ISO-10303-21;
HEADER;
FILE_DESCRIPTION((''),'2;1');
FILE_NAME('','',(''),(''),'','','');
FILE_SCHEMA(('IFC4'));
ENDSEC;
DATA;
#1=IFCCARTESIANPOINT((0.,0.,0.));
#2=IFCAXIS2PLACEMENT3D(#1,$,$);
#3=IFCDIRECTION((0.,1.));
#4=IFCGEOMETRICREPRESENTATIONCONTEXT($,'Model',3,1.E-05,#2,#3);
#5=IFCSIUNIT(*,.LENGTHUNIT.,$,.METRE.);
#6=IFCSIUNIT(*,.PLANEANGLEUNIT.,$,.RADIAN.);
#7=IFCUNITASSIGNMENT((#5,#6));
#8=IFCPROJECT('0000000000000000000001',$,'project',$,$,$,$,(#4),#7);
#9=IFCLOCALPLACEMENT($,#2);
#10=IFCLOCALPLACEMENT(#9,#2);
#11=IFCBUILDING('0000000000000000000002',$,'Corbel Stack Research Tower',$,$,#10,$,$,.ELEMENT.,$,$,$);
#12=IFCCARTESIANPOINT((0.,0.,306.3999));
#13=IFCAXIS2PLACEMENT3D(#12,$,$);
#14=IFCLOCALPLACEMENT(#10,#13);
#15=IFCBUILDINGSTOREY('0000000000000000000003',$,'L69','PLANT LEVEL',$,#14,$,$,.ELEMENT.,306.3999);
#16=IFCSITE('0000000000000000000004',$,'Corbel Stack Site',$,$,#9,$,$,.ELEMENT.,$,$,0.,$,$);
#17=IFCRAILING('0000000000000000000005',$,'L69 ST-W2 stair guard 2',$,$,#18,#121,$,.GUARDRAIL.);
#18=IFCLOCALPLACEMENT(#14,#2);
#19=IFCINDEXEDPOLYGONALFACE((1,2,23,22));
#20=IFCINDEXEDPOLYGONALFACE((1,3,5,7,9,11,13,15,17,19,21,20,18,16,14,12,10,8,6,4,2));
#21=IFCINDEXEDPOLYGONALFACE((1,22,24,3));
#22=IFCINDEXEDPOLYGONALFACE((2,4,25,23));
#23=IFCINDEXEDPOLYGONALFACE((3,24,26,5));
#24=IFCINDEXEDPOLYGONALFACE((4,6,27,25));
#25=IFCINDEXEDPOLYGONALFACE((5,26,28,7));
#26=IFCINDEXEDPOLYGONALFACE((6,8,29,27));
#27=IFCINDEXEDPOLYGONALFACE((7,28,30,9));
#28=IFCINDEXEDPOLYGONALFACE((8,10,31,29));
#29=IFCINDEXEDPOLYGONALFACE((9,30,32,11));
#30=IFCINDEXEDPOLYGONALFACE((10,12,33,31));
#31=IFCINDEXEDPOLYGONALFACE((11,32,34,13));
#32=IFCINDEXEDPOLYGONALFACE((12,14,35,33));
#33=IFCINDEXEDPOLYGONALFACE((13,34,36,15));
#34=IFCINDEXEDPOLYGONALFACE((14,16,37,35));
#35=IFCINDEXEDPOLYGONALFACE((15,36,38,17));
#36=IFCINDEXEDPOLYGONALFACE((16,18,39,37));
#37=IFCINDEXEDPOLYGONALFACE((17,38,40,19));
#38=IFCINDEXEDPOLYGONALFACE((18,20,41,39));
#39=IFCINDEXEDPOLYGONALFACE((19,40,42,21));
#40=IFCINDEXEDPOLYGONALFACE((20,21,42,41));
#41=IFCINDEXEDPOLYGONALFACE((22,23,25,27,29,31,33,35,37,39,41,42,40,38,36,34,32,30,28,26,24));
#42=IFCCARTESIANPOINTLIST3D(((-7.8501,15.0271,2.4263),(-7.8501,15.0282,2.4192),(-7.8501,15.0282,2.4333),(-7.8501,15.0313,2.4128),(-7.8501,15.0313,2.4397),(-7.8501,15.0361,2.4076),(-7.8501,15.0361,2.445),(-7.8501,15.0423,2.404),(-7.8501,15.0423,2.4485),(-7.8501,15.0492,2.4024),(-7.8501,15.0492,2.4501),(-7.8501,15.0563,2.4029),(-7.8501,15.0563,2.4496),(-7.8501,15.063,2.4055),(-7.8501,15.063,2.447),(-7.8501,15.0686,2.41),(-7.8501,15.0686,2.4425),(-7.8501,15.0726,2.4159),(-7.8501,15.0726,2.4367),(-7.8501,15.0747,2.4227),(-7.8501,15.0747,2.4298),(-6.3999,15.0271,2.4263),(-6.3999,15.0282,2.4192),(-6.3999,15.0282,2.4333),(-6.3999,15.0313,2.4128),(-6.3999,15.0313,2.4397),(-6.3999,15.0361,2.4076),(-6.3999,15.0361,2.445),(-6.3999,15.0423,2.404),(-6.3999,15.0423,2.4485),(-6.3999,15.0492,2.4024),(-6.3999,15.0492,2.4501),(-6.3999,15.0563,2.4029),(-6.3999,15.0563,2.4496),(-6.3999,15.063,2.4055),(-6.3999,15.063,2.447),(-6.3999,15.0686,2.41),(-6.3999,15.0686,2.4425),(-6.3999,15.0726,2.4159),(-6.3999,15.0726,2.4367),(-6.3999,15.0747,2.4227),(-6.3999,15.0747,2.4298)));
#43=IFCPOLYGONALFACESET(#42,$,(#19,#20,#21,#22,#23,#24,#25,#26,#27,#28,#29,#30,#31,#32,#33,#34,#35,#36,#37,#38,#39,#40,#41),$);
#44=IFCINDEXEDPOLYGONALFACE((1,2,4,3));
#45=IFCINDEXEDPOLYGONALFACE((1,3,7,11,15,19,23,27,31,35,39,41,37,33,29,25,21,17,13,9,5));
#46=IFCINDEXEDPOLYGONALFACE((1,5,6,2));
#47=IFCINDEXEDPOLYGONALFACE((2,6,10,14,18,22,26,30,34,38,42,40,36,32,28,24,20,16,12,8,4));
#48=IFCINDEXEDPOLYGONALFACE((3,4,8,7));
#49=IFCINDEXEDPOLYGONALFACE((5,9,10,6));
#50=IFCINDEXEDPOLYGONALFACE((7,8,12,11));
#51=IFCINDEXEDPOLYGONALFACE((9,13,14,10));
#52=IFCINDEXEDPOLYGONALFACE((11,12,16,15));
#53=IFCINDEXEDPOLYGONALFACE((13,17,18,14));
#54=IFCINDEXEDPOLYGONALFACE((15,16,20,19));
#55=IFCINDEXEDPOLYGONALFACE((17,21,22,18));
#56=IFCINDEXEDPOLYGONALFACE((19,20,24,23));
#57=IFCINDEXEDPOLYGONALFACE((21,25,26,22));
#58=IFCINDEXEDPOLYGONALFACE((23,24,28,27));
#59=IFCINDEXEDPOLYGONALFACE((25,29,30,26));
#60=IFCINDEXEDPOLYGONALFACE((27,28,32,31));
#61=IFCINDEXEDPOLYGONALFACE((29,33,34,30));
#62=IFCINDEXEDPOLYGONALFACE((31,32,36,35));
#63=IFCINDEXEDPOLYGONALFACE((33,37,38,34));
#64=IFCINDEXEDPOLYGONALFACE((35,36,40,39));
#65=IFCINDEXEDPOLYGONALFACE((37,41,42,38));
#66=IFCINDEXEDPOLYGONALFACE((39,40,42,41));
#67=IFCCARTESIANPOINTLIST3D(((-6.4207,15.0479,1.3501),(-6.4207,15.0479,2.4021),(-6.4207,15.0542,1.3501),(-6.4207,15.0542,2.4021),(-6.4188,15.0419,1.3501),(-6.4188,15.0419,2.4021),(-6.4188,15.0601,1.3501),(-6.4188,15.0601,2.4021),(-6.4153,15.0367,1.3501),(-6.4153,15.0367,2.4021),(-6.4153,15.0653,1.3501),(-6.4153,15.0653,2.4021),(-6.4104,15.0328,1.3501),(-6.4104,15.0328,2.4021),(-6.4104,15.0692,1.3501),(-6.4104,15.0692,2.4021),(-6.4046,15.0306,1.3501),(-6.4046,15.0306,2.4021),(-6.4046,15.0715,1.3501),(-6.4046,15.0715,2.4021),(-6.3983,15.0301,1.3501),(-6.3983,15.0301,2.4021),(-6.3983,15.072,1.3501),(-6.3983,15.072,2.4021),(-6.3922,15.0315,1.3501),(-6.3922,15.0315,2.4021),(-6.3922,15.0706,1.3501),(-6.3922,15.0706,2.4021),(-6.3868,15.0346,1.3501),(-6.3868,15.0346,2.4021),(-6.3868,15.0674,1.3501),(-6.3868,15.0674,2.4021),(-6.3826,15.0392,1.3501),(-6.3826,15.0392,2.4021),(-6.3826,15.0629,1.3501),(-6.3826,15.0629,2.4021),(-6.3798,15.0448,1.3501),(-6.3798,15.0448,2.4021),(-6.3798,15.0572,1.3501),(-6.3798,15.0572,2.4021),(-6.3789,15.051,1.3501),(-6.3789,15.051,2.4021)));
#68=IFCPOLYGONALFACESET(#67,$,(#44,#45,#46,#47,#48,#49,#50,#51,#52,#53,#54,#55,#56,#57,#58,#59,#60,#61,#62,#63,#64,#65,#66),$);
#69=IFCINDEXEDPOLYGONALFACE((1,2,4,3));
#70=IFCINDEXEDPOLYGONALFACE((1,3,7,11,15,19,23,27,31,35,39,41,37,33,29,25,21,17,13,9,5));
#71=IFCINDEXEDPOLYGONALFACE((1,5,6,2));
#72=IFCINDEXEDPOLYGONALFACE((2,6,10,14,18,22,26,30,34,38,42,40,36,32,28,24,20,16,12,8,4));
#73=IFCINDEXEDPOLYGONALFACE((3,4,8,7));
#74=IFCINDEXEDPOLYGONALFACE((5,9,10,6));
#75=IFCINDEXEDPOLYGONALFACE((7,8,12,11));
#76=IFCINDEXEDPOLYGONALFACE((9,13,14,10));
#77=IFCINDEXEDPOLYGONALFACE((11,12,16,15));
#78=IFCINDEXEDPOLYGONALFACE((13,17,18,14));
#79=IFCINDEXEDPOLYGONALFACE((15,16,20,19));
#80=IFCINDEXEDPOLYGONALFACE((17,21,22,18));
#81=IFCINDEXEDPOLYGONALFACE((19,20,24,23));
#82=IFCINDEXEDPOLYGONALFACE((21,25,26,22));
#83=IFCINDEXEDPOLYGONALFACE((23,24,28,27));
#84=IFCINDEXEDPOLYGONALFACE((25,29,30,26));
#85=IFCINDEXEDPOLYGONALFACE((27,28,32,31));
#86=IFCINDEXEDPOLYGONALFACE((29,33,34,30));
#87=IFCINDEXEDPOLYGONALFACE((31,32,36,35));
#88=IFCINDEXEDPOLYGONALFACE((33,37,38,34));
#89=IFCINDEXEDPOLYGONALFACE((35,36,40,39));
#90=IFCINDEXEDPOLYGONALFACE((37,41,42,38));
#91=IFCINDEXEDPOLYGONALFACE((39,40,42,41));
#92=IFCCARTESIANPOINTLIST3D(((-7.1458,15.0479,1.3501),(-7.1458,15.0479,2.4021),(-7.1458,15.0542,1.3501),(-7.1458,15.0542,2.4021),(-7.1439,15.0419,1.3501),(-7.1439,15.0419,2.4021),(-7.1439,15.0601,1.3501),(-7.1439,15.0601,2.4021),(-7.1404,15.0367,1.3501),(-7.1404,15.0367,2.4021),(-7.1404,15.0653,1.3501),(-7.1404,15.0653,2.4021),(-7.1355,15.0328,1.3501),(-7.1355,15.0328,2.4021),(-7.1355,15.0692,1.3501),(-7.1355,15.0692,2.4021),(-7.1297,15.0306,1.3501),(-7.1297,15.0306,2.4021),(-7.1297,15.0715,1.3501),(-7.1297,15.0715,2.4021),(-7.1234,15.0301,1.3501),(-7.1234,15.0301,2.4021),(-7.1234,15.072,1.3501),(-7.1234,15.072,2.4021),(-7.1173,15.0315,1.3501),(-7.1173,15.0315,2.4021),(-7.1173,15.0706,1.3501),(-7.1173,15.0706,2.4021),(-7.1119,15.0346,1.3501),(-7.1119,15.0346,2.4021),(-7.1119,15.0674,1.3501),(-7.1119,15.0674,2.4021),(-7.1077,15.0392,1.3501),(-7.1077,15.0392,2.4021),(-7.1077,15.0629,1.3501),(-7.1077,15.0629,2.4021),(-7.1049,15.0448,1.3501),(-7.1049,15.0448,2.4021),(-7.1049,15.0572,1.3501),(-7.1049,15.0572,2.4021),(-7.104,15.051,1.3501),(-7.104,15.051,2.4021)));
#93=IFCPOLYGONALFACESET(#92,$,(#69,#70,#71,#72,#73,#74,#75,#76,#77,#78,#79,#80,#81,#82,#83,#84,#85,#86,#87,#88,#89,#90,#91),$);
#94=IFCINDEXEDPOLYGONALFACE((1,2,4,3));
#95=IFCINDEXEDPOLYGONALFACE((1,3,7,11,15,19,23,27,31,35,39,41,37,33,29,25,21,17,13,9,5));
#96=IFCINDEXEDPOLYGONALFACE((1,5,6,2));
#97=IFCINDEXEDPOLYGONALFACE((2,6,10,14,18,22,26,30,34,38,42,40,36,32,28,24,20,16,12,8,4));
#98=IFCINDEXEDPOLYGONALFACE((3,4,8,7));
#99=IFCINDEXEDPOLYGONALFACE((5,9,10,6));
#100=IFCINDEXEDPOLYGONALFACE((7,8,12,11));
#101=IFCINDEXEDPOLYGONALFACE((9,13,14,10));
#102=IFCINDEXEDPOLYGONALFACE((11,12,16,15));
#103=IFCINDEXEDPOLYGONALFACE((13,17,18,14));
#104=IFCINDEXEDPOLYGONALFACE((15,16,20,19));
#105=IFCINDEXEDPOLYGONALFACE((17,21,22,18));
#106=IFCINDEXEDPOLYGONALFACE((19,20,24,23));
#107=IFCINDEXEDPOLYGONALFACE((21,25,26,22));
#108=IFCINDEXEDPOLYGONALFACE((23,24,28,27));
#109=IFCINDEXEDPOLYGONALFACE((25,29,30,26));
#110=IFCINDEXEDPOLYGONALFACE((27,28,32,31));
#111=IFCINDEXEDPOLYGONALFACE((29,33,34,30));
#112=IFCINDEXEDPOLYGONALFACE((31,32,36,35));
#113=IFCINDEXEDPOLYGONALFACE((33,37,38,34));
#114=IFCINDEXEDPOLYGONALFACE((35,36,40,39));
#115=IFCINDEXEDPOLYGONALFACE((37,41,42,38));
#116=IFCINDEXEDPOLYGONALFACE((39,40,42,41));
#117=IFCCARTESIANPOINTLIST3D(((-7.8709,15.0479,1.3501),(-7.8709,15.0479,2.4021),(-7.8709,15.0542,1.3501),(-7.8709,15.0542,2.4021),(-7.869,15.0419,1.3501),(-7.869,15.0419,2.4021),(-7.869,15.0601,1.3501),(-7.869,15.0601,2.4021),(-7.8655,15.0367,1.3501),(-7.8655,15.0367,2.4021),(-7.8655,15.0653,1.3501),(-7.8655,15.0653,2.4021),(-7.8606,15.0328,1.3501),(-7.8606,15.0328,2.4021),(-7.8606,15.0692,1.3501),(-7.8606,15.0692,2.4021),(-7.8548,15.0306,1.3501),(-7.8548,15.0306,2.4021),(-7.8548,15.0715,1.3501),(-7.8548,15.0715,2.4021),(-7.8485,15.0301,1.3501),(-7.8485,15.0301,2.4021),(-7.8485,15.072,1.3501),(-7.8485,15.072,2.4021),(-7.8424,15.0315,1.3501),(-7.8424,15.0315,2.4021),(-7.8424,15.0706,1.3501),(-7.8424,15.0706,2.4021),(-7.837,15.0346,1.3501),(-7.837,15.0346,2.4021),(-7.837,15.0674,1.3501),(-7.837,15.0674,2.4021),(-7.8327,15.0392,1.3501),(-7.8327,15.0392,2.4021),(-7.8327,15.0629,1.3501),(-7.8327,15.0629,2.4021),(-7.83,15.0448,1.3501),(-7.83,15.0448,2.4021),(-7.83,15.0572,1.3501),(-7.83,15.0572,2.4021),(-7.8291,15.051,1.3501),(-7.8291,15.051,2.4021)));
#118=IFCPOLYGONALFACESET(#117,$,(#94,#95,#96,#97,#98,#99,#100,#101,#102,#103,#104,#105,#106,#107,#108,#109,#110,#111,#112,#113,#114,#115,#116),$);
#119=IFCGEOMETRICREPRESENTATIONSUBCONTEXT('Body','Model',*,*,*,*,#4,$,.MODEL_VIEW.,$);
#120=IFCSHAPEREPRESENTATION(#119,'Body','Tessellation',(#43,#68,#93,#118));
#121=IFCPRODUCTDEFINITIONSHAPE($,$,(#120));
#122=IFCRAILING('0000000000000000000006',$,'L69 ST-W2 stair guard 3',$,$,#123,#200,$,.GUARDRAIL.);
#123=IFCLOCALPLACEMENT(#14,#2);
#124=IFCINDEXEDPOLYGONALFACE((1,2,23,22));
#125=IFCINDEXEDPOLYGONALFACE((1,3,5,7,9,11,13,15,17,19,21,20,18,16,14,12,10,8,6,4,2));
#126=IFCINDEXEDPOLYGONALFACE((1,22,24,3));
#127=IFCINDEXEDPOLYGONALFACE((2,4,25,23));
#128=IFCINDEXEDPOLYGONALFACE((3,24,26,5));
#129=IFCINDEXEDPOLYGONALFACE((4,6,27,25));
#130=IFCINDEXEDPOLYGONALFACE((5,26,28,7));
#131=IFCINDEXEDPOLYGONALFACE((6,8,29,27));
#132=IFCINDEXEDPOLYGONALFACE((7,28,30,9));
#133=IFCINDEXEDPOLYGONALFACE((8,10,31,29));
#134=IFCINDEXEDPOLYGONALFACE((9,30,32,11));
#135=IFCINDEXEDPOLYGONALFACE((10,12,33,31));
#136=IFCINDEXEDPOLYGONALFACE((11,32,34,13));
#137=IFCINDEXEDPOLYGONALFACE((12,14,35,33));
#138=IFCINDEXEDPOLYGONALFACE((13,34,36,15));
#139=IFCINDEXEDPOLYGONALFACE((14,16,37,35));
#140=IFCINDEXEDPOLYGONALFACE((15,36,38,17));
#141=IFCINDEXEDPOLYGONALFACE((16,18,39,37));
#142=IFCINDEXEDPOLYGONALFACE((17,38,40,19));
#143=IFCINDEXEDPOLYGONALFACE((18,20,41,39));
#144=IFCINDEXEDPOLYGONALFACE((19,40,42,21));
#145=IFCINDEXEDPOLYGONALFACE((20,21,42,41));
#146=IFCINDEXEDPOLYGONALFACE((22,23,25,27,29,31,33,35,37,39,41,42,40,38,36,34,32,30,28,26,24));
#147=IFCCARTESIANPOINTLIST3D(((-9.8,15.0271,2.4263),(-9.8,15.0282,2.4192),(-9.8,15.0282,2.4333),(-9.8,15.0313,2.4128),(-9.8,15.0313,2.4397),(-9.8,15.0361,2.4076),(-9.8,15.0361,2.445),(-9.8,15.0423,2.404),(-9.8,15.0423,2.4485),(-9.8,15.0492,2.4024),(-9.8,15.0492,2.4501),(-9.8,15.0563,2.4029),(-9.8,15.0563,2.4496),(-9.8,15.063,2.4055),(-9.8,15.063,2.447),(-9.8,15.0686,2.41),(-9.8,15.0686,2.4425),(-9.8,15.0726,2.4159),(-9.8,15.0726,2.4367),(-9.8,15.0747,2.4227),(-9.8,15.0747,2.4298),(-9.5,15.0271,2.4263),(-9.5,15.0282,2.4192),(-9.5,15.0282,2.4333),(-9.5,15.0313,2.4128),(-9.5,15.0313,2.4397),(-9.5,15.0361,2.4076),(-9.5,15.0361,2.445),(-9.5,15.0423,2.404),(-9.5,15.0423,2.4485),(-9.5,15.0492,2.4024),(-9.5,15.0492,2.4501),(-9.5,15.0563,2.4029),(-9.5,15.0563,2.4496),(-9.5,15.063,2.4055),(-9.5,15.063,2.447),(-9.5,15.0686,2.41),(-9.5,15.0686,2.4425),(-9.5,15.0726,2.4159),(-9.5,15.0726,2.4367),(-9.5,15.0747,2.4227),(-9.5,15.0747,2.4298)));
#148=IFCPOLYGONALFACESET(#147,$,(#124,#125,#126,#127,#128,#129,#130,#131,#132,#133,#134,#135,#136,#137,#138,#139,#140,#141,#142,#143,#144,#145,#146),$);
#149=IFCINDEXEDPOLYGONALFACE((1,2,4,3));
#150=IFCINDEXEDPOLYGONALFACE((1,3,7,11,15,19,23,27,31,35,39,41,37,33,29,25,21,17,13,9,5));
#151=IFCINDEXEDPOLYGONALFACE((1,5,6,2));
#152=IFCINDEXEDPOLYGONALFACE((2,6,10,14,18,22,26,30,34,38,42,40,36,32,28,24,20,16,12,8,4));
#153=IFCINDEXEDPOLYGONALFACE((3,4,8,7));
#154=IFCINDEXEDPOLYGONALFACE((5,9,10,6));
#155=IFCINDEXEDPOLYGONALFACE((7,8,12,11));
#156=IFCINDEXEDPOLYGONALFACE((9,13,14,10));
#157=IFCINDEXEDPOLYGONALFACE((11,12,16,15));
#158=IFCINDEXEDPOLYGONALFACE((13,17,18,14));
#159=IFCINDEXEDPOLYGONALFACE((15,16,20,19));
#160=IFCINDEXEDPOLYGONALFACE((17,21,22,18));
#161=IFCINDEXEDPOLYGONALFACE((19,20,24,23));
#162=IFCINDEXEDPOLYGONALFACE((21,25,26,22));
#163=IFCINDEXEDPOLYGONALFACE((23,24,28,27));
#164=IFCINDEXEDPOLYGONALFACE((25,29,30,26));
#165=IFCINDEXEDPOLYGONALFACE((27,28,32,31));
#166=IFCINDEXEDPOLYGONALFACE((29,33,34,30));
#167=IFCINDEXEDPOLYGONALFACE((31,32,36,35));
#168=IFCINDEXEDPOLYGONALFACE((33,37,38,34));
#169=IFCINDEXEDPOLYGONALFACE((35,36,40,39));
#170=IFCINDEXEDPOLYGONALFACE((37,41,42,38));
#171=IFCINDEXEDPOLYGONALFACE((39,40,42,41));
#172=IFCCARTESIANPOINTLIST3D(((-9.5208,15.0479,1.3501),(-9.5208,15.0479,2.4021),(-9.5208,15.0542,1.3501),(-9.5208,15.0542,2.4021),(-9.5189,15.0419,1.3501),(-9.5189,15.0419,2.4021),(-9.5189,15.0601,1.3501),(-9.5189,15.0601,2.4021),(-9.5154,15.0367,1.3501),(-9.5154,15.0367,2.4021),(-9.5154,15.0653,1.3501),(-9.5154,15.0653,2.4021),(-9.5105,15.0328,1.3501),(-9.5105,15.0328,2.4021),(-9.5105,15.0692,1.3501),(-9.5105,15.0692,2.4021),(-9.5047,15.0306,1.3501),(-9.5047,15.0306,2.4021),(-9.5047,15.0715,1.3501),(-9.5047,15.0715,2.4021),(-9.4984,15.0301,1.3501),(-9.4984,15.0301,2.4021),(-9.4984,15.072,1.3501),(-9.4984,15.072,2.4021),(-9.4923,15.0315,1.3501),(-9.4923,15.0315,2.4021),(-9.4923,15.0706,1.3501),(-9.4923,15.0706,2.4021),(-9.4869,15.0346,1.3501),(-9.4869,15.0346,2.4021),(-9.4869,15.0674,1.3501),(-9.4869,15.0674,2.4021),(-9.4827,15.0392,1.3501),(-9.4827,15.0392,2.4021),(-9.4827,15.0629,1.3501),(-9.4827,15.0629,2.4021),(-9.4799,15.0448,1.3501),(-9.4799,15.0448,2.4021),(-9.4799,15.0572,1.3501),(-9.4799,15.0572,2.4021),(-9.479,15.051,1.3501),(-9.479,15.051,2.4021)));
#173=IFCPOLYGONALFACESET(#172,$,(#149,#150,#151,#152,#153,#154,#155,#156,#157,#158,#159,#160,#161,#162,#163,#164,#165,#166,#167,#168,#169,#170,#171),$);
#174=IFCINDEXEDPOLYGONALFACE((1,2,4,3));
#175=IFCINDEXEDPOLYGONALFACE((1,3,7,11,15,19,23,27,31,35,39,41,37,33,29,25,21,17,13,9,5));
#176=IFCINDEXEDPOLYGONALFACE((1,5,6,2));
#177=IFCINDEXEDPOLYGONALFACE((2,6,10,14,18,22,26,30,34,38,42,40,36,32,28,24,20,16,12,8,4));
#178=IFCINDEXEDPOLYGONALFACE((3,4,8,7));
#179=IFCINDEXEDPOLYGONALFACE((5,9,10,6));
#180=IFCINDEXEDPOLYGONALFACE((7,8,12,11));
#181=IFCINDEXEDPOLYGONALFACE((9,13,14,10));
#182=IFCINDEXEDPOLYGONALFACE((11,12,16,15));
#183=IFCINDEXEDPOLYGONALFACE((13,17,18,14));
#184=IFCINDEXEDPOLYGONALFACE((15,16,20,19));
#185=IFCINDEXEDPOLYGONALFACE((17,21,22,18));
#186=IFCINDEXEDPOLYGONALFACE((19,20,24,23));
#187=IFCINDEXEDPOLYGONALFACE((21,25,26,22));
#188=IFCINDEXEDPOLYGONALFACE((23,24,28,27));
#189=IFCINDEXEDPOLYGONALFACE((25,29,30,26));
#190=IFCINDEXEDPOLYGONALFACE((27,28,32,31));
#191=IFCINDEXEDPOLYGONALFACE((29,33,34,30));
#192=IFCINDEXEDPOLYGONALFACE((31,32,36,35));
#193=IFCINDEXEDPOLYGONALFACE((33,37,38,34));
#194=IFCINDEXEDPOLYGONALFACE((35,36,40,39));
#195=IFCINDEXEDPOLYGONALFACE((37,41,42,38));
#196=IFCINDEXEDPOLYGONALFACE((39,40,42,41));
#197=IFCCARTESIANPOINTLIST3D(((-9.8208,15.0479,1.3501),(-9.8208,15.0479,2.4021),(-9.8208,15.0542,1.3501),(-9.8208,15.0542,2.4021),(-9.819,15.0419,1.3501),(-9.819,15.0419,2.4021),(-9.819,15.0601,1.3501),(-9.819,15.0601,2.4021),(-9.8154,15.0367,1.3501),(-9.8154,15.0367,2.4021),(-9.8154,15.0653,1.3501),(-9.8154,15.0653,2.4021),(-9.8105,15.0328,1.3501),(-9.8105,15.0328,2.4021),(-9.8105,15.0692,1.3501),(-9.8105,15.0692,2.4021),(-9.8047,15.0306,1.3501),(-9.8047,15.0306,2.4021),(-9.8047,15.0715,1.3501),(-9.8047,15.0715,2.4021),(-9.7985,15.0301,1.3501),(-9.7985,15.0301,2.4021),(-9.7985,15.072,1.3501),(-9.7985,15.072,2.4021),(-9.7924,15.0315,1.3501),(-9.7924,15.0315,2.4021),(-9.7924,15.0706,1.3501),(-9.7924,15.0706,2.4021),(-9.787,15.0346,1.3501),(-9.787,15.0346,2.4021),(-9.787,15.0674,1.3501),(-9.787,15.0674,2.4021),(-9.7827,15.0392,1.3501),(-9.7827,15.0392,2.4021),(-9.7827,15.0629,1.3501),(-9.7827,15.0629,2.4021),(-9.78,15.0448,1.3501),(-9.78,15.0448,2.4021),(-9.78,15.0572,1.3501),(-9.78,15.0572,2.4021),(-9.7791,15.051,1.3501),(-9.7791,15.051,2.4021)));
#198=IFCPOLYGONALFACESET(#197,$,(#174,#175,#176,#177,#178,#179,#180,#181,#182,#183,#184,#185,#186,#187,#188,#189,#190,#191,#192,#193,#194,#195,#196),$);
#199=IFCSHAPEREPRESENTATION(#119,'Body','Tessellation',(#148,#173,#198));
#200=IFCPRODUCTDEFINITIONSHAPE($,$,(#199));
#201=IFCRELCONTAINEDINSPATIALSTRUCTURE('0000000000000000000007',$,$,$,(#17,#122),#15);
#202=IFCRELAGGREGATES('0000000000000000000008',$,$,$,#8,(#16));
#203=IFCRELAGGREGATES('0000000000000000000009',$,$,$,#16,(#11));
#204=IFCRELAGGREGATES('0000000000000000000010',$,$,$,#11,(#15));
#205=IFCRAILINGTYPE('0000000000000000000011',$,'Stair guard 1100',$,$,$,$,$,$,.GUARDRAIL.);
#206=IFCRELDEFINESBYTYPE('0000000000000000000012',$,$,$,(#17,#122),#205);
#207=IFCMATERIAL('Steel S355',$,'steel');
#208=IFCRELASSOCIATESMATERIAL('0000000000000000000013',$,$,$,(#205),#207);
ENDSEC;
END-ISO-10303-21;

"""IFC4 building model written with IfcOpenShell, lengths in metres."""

from ifc_helpers import new_model, si_unit, direction, frame, origin, origin_2d, place, context, subcontext, project, spatial, circle, extrude, material, type_object, element, save


model = new_model("IFC4")

# Units and contexts
model_context = context("Model", 3, precision=1e-05, world=origin(), true_north=direction((0.0, 1.0)))
body_context = subcontext(model_context, "Body", "Model", "MODEL_VIEW")
ifc_project = project(units=[si_unit("LENGTHUNIT", "METRE"), si_unit("PLANEANGLEUNIT", "RADIAN")], contexts=[model_context])

# Site, building, storey
site_placement = place(None, origin())
site = spatial("IfcSite", under=ifc_project, at=site_placement, Name="Corbel Stack Site", CompositionType="ELEMENT", RefElevation=0.0)
building_placement = place(site_placement, origin())
building = spatial("IfcBuilding", under=site, at=building_placement, Name="Corbel Stack Research Tower", CompositionType="ELEMENT")
storey_placement = place(building_placement, frame((0.0, 0.0, 306.3999)))
storey = spatial("IfcBuildingStorey", under=building, at=storey_placement, Name="L69", Description="PLANT LEVEL", CompositionType="ELEMENT", Elevation=306.3999)

# Railings
ifc_material_1 = material(Name="Steel S355", Category="steel")
railing_type_1 = type_object("IfcRailingType", Name="Stair guard 1100", PredefinedType="GUARDRAIL", material=ifc_material_1)
railing_1_placement = place(storey_placement, frame((-6.3999, 15.051, 1.3501)))
element("IfcRailing", 1, at=railing_1_placement, inside=storey, type_object=railing_type_1, Name="L69 ST-W2 stair guard 2", PredefinedType="GUARDRAIL", context=body_context, shape_type="SweptSolid", body=[
    extrude(circle(Radius=0.0239, at=origin_2d()), frame((0.0, 0.0, 1.0762), z_axis=(-1.0, 0.0, 0.0), x_axis=(0.0, -1.0, 0.0)), (0.0, 0.0, 1.0), 1.4502),
    extrude(circle(Radius=0.021, at=origin_2d()), origin(), (0.0, 0.0, 1.0), 1.052),
    extrude(circle(Radius=0.021, at=origin_2d()), frame((-0.7251, 0.0, 0.0)), (0.0, 0.0, 1.0), 1.052),
    extrude(circle(Radius=0.021, at=origin_2d()), frame((-1.4502, 0.0, 0.0)), (0.0, 0.0, 1.0), 1.052),
])
railing_2_placement = place(storey_placement, frame((-9.5, 15.051, 1.3501)))
element("IfcRailing", 2, at=railing_2_placement, inside=storey, type_object=railing_type_1, Name="L69 ST-W2 stair guard 3", PredefinedType="GUARDRAIL", context=body_context, shape_type="SweptSolid", body=[
    extrude(circle(Radius=0.0239, at=origin_2d()), frame((0.0, 0.0, 1.0762), z_axis=(-1.0, 0.0, 0.0), x_axis=(0.0, -1.0, 0.0)), (0.0, 0.0, 1.0), 0.3),
    extrude(circle(Radius=0.021, at=origin_2d()), origin(), (0.0, 0.0, 1.0), 1.052),
    extrude(circle(Radius=0.021, at=origin_2d()), frame((-0.3, 0.0, 0.0)), (0.0, 0.0, 1.0), 1.052),
])

save(model, "model.ifc")
